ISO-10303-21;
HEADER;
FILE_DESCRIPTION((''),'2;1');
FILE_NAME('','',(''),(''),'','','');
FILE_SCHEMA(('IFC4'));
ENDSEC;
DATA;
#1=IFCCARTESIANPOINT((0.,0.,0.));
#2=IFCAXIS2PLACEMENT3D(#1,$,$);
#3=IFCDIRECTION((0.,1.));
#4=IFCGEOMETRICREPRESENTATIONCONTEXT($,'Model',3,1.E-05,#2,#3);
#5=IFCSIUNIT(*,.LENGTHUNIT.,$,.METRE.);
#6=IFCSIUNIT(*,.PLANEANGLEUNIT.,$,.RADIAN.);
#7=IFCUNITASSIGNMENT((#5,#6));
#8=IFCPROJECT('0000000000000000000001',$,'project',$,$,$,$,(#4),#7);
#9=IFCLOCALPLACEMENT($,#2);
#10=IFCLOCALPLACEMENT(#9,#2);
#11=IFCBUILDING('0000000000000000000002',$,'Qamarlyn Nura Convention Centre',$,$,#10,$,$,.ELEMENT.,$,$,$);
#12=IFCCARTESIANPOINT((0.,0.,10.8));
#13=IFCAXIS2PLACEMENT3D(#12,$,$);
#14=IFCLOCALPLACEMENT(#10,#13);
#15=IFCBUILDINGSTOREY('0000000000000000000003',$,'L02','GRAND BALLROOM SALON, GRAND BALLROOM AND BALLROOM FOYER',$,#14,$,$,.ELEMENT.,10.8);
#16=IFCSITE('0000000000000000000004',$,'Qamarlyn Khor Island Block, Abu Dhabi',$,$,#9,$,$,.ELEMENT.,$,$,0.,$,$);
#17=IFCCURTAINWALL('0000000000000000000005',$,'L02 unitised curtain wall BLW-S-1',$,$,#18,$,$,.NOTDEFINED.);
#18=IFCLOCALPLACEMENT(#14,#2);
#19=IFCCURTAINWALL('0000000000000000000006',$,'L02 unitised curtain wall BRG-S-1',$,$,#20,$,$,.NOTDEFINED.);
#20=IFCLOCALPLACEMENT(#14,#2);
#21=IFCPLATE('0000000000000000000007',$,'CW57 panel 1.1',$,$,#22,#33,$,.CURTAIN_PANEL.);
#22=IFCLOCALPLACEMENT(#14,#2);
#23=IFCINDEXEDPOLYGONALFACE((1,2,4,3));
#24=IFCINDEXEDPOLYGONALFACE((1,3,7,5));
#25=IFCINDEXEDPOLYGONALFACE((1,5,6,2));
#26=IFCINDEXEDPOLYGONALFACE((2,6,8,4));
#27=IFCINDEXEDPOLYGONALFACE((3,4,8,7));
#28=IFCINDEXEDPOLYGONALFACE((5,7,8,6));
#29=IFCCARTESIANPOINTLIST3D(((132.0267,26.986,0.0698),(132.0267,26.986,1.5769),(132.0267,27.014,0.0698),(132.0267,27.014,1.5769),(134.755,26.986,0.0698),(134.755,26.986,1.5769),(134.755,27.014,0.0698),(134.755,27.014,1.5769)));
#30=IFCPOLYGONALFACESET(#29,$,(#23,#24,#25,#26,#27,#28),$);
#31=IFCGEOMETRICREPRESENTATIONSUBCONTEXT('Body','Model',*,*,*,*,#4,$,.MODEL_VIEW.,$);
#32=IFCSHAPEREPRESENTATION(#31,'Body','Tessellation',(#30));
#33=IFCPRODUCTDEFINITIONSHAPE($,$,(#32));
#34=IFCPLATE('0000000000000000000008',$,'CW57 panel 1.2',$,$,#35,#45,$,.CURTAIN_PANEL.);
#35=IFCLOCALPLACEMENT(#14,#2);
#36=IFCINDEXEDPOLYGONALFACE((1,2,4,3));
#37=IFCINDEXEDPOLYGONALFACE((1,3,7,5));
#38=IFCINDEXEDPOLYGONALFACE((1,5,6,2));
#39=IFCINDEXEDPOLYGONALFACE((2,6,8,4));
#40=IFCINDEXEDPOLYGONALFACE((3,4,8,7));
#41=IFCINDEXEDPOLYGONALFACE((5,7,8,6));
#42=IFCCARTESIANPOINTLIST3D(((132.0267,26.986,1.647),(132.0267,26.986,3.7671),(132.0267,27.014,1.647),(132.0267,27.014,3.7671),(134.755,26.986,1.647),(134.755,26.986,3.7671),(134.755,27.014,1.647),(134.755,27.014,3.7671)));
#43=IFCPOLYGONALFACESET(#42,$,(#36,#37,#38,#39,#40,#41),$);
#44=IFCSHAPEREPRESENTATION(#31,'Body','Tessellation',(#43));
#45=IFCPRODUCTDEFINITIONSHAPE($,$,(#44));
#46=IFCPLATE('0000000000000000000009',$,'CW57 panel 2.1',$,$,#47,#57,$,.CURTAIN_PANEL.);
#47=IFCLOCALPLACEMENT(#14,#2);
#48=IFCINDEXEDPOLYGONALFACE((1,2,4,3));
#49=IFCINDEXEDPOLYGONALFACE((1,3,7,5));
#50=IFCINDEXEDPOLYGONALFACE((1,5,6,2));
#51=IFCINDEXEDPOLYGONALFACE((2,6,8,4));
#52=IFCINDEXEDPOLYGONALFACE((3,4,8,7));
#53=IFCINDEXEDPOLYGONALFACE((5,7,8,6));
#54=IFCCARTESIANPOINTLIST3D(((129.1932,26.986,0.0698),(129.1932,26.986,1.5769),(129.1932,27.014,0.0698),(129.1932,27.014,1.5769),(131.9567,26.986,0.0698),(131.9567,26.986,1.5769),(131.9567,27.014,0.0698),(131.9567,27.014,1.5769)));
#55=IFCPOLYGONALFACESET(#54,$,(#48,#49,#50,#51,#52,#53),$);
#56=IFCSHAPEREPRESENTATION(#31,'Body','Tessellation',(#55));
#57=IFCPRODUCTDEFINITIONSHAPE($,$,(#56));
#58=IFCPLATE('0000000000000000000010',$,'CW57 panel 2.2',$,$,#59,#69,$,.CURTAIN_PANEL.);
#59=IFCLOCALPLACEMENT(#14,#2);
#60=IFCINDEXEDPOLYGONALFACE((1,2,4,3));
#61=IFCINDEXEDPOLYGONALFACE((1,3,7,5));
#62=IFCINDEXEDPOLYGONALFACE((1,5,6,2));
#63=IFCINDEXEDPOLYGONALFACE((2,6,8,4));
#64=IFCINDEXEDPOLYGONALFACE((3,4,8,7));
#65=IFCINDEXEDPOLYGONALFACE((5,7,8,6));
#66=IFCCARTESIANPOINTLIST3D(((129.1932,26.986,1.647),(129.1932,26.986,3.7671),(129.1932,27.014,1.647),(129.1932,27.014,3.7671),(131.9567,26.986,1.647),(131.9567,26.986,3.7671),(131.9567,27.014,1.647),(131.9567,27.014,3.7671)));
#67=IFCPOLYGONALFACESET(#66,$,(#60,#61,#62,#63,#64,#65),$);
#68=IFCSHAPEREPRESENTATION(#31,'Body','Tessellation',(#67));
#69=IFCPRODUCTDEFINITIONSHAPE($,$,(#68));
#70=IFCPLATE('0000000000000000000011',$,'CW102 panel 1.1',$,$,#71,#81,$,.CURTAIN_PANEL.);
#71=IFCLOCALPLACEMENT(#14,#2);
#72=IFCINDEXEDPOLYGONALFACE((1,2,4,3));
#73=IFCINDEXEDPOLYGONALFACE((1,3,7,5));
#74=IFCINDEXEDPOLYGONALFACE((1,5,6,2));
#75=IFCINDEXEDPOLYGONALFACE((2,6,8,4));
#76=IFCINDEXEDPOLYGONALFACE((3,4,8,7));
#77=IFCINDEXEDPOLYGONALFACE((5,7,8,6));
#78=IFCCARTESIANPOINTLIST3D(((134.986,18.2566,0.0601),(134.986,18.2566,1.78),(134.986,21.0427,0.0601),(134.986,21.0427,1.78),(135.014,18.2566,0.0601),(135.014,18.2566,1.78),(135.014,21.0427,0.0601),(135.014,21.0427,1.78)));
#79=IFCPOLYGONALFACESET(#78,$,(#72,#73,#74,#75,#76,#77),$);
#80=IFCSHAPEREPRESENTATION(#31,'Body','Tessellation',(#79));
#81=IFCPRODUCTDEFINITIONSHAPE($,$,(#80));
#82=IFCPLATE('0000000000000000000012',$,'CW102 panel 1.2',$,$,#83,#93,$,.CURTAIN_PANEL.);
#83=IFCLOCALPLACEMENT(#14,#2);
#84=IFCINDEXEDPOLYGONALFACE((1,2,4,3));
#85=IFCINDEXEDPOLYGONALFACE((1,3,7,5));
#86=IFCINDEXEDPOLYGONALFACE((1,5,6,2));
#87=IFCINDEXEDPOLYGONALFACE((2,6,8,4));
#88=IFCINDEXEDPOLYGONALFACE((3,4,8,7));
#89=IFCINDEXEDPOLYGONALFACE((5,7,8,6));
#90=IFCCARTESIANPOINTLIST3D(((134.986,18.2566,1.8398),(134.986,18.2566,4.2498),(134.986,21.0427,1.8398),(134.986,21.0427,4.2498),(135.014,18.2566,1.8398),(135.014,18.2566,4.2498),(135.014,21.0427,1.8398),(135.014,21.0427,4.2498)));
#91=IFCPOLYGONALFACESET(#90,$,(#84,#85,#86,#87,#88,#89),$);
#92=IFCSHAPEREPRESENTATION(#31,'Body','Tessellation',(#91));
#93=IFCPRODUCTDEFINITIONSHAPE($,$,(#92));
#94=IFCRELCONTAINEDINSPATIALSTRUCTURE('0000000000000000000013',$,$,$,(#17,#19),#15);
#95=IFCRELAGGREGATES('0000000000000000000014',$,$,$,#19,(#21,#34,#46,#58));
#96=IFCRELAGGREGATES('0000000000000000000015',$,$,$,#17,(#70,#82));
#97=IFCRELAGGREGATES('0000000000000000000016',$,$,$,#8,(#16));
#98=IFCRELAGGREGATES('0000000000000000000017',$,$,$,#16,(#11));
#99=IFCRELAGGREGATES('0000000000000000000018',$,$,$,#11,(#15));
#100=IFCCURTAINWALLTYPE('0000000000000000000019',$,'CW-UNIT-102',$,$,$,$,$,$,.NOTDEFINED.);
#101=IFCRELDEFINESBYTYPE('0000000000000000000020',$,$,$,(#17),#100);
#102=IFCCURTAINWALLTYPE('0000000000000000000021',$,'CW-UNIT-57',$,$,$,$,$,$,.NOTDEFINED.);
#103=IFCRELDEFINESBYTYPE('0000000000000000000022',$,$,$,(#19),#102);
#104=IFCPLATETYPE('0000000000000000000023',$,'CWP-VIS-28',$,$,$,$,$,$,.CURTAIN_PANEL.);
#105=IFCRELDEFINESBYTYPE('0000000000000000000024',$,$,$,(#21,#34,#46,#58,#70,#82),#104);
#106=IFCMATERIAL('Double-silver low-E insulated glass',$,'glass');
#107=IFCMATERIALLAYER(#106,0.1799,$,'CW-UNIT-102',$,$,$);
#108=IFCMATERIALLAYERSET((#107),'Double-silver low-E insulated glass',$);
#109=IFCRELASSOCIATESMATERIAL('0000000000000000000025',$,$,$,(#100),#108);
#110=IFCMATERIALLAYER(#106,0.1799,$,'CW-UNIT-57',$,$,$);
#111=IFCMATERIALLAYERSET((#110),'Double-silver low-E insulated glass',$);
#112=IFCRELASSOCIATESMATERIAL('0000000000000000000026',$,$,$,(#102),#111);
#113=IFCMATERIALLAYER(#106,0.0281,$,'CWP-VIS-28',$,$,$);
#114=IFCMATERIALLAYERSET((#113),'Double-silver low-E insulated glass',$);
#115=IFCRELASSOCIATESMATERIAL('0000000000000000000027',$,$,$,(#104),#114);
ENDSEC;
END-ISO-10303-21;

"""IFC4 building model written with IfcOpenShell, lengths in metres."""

from ifc_helpers import new_model, si_unit, direction, frame, origin, origin_2d, place, context, subcontext, project, spatial, rectangle, extrude, material, layer, layer_set, type_object, element, aggregate, save


model = new_model("IFC4")

# Units and contexts
model_context = context("Model", 3, precision=1e-05, world=origin(), true_north=direction((0.0, 1.0)))
body_context = subcontext(model_context, "Body", "Model", "MODEL_VIEW")
ifc_project = project(units=[si_unit("LENGTHUNIT", "METRE"), si_unit("PLANEANGLEUNIT", "RADIAN")], contexts=[model_context])

# Site, building, storey
site_placement = place(None, origin())
site = spatial("IfcSite", under=ifc_project, at=site_placement, Name="Qamarlyn Khor Island Block, Abu Dhabi", CompositionType="ELEMENT", RefElevation=0.0)
building_placement = place(site_placement, origin())
building = spatial("IfcBuilding", under=site, at=building_placement, Name="Qamarlyn Nura Convention Centre", CompositionType="ELEMENT")
storey_placement = place(building_placement, frame((0.0, 0.0, 10.8)))
storey = spatial("IfcBuildingStorey", under=building, at=storey_placement, Name="L02", Description="GRAND BALLROOM SALON, GRAND BALLROOM AND BALLROOM FOYER", CompositionType="ELEMENT", Elevation=10.8)

# Curtain walls
ifc_material_1 = material(Name="Double-silver low-E insulated glass", Category="glass")
ifc_layer_1 = layer(ifc_material_1, 0.1799, Name="CW-UNIT-102")
ifc_layer_set_1 = layer_set([ifc_layer_1], Name="Double-silver low-E insulated glass")
curtain_wall_type_1 = type_object("IfcCurtainWallType", Name="CW-UNIT-102", PredefinedType="NOTDEFINED", material=ifc_layer_set_1)
curtain_wall_1_placement = place(storey_placement, origin())
curtain_wall_1 = element("IfcCurtainWall", 1, at=curtain_wall_1_placement, inside=storey, type_object=curtain_wall_type_1, Name="L02 unitised curtain wall BLW-S-1", PredefinedType="NOTDEFINED")
ifc_layer_2 = layer(ifc_material_1, 0.1799, Name="CW-UNIT-57")
ifc_layer_set_2 = layer_set([ifc_layer_2], Name="Double-silver low-E insulated glass")
curtain_wall_type_2 = type_object("IfcCurtainWallType", Name="CW-UNIT-57", PredefinedType="NOTDEFINED", material=ifc_layer_set_2)
curtain_wall_2_placement = place(storey_placement, origin())
curtain_wall_2 = element("IfcCurtainWall", 2, at=curtain_wall_2_placement, inside=storey, type_object=curtain_wall_type_2, Name="L02 unitised curtain wall BRG-S-1", PredefinedType="NOTDEFINED")

# Plates
ifc_layer_3 = layer(ifc_material_1, 0.0281, Name="CWP-VIS-28")
ifc_layer_set_3 = layer_set([ifc_layer_3], Name="Double-silver low-E insulated glass")
plate_type = type_object("IfcPlateType", Name="CWP-VIS-28", PredefinedType="CURTAIN_PANEL", material=ifc_layer_set_3)
plate_1_placement = place(storey_placement, frame((133.3909, 27.0, 0.0698), z_axis=(0.0, 0.0, 1.0), x_axis=(-1.0, 0.0, 0.0)))
plate_1 = element("IfcPlate", 3, at=plate_1_placement, type_object=plate_type, Name="CW57 panel 1.1", PredefinedType="CURTAIN_PANEL", context=body_context, shape_type="SweptSolid", body=[
    extrude(rectangle(XDim=2.7283, YDim=0.0281, at=origin_2d()), origin(), (0.0, 0.0, 1.0), 1.5071),
])
plate_2_placement = place(storey_placement, frame((133.3909, 27.0, 1.647), z_axis=(0.0, 0.0, 1.0), x_axis=(-1.0, 0.0, 0.0)))
plate_2 = element("IfcPlate", 4, at=plate_2_placement, type_object=plate_type, Name="CW57 panel 1.2", PredefinedType="CURTAIN_PANEL", context=body_context, shape_type="SweptSolid", body=[
    extrude(rectangle(XDim=2.7283, YDim=0.0281, at=origin_2d()), origin(), (0.0, 0.0, 1.0), 2.1201),
])
plate_3_placement = place(storey_placement, frame((130.575, 27.0, 0.0698), z_axis=(0.0, 0.0, 1.0), x_axis=(-1.0, 0.0, 0.0)))
plate_3 = element("IfcPlate", 5, at=plate_3_placement, type_object=plate_type, Name="CW57 panel 2.1", PredefinedType="CURTAIN_PANEL", context=body_context, shape_type="SweptSolid", body=[
    extrude(rectangle(XDim=2.7634, YDim=0.0281, at=origin_2d()), origin(), (0.0, 0.0, 1.0), 1.5071),
])
plate_4_placement = place(storey_placement, frame((130.575, 27.0, 1.647), z_axis=(0.0, 0.0, 1.0), x_axis=(-1.0, 0.0, 0.0)))
plate_4 = element("IfcPlate", 6, at=plate_4_placement, type_object=plate_type, Name="CW57 panel 2.2", PredefinedType="CURTAIN_PANEL", context=body_context, shape_type="SweptSolid", body=[
    extrude(rectangle(XDim=2.7634, YDim=0.0281, at=origin_2d()), origin(), (0.0, 0.0, 1.0), 2.1201),
])
aggregate(curtain_wall_2, [plate_1, plate_2, plate_3, plate_4])
plate_5_placement = place(storey_placement, frame((135.0, 19.6497, 0.0601), z_axis=(0.0, 0.0, 1.0), x_axis=(0.0, 1.0, 0.0)))
plate_5 = element("IfcPlate", 7, at=plate_5_placement, type_object=plate_type, Name="CW102 panel 1.1", PredefinedType="CURTAIN_PANEL", context=body_context, shape_type="SweptSolid", body=[
    extrude(rectangle(XDim=2.7861, YDim=0.0281, at=origin_2d()), origin(), (0.0, 0.0, 1.0), 1.72),
])
plate_6_placement = place(storey_placement, frame((135.0, 19.6497, 1.8398), z_axis=(0.0, 0.0, 1.0), x_axis=(0.0, 1.0, 0.0)))
plate_6 = element("IfcPlate", 8, at=plate_6_placement, type_object=plate_type, Name="CW102 panel 1.2", PredefinedType="CURTAIN_PANEL", context=body_context, shape_type="SweptSolid", body=[
    extrude(rectangle(XDim=2.7861, YDim=0.0281, at=origin_2d()), origin(), (0.0, 0.0, 1.0), 2.4099),
])
aggregate(curtain_wall_1, [plate_5, plate_6])

save(model, "model.ifc")
